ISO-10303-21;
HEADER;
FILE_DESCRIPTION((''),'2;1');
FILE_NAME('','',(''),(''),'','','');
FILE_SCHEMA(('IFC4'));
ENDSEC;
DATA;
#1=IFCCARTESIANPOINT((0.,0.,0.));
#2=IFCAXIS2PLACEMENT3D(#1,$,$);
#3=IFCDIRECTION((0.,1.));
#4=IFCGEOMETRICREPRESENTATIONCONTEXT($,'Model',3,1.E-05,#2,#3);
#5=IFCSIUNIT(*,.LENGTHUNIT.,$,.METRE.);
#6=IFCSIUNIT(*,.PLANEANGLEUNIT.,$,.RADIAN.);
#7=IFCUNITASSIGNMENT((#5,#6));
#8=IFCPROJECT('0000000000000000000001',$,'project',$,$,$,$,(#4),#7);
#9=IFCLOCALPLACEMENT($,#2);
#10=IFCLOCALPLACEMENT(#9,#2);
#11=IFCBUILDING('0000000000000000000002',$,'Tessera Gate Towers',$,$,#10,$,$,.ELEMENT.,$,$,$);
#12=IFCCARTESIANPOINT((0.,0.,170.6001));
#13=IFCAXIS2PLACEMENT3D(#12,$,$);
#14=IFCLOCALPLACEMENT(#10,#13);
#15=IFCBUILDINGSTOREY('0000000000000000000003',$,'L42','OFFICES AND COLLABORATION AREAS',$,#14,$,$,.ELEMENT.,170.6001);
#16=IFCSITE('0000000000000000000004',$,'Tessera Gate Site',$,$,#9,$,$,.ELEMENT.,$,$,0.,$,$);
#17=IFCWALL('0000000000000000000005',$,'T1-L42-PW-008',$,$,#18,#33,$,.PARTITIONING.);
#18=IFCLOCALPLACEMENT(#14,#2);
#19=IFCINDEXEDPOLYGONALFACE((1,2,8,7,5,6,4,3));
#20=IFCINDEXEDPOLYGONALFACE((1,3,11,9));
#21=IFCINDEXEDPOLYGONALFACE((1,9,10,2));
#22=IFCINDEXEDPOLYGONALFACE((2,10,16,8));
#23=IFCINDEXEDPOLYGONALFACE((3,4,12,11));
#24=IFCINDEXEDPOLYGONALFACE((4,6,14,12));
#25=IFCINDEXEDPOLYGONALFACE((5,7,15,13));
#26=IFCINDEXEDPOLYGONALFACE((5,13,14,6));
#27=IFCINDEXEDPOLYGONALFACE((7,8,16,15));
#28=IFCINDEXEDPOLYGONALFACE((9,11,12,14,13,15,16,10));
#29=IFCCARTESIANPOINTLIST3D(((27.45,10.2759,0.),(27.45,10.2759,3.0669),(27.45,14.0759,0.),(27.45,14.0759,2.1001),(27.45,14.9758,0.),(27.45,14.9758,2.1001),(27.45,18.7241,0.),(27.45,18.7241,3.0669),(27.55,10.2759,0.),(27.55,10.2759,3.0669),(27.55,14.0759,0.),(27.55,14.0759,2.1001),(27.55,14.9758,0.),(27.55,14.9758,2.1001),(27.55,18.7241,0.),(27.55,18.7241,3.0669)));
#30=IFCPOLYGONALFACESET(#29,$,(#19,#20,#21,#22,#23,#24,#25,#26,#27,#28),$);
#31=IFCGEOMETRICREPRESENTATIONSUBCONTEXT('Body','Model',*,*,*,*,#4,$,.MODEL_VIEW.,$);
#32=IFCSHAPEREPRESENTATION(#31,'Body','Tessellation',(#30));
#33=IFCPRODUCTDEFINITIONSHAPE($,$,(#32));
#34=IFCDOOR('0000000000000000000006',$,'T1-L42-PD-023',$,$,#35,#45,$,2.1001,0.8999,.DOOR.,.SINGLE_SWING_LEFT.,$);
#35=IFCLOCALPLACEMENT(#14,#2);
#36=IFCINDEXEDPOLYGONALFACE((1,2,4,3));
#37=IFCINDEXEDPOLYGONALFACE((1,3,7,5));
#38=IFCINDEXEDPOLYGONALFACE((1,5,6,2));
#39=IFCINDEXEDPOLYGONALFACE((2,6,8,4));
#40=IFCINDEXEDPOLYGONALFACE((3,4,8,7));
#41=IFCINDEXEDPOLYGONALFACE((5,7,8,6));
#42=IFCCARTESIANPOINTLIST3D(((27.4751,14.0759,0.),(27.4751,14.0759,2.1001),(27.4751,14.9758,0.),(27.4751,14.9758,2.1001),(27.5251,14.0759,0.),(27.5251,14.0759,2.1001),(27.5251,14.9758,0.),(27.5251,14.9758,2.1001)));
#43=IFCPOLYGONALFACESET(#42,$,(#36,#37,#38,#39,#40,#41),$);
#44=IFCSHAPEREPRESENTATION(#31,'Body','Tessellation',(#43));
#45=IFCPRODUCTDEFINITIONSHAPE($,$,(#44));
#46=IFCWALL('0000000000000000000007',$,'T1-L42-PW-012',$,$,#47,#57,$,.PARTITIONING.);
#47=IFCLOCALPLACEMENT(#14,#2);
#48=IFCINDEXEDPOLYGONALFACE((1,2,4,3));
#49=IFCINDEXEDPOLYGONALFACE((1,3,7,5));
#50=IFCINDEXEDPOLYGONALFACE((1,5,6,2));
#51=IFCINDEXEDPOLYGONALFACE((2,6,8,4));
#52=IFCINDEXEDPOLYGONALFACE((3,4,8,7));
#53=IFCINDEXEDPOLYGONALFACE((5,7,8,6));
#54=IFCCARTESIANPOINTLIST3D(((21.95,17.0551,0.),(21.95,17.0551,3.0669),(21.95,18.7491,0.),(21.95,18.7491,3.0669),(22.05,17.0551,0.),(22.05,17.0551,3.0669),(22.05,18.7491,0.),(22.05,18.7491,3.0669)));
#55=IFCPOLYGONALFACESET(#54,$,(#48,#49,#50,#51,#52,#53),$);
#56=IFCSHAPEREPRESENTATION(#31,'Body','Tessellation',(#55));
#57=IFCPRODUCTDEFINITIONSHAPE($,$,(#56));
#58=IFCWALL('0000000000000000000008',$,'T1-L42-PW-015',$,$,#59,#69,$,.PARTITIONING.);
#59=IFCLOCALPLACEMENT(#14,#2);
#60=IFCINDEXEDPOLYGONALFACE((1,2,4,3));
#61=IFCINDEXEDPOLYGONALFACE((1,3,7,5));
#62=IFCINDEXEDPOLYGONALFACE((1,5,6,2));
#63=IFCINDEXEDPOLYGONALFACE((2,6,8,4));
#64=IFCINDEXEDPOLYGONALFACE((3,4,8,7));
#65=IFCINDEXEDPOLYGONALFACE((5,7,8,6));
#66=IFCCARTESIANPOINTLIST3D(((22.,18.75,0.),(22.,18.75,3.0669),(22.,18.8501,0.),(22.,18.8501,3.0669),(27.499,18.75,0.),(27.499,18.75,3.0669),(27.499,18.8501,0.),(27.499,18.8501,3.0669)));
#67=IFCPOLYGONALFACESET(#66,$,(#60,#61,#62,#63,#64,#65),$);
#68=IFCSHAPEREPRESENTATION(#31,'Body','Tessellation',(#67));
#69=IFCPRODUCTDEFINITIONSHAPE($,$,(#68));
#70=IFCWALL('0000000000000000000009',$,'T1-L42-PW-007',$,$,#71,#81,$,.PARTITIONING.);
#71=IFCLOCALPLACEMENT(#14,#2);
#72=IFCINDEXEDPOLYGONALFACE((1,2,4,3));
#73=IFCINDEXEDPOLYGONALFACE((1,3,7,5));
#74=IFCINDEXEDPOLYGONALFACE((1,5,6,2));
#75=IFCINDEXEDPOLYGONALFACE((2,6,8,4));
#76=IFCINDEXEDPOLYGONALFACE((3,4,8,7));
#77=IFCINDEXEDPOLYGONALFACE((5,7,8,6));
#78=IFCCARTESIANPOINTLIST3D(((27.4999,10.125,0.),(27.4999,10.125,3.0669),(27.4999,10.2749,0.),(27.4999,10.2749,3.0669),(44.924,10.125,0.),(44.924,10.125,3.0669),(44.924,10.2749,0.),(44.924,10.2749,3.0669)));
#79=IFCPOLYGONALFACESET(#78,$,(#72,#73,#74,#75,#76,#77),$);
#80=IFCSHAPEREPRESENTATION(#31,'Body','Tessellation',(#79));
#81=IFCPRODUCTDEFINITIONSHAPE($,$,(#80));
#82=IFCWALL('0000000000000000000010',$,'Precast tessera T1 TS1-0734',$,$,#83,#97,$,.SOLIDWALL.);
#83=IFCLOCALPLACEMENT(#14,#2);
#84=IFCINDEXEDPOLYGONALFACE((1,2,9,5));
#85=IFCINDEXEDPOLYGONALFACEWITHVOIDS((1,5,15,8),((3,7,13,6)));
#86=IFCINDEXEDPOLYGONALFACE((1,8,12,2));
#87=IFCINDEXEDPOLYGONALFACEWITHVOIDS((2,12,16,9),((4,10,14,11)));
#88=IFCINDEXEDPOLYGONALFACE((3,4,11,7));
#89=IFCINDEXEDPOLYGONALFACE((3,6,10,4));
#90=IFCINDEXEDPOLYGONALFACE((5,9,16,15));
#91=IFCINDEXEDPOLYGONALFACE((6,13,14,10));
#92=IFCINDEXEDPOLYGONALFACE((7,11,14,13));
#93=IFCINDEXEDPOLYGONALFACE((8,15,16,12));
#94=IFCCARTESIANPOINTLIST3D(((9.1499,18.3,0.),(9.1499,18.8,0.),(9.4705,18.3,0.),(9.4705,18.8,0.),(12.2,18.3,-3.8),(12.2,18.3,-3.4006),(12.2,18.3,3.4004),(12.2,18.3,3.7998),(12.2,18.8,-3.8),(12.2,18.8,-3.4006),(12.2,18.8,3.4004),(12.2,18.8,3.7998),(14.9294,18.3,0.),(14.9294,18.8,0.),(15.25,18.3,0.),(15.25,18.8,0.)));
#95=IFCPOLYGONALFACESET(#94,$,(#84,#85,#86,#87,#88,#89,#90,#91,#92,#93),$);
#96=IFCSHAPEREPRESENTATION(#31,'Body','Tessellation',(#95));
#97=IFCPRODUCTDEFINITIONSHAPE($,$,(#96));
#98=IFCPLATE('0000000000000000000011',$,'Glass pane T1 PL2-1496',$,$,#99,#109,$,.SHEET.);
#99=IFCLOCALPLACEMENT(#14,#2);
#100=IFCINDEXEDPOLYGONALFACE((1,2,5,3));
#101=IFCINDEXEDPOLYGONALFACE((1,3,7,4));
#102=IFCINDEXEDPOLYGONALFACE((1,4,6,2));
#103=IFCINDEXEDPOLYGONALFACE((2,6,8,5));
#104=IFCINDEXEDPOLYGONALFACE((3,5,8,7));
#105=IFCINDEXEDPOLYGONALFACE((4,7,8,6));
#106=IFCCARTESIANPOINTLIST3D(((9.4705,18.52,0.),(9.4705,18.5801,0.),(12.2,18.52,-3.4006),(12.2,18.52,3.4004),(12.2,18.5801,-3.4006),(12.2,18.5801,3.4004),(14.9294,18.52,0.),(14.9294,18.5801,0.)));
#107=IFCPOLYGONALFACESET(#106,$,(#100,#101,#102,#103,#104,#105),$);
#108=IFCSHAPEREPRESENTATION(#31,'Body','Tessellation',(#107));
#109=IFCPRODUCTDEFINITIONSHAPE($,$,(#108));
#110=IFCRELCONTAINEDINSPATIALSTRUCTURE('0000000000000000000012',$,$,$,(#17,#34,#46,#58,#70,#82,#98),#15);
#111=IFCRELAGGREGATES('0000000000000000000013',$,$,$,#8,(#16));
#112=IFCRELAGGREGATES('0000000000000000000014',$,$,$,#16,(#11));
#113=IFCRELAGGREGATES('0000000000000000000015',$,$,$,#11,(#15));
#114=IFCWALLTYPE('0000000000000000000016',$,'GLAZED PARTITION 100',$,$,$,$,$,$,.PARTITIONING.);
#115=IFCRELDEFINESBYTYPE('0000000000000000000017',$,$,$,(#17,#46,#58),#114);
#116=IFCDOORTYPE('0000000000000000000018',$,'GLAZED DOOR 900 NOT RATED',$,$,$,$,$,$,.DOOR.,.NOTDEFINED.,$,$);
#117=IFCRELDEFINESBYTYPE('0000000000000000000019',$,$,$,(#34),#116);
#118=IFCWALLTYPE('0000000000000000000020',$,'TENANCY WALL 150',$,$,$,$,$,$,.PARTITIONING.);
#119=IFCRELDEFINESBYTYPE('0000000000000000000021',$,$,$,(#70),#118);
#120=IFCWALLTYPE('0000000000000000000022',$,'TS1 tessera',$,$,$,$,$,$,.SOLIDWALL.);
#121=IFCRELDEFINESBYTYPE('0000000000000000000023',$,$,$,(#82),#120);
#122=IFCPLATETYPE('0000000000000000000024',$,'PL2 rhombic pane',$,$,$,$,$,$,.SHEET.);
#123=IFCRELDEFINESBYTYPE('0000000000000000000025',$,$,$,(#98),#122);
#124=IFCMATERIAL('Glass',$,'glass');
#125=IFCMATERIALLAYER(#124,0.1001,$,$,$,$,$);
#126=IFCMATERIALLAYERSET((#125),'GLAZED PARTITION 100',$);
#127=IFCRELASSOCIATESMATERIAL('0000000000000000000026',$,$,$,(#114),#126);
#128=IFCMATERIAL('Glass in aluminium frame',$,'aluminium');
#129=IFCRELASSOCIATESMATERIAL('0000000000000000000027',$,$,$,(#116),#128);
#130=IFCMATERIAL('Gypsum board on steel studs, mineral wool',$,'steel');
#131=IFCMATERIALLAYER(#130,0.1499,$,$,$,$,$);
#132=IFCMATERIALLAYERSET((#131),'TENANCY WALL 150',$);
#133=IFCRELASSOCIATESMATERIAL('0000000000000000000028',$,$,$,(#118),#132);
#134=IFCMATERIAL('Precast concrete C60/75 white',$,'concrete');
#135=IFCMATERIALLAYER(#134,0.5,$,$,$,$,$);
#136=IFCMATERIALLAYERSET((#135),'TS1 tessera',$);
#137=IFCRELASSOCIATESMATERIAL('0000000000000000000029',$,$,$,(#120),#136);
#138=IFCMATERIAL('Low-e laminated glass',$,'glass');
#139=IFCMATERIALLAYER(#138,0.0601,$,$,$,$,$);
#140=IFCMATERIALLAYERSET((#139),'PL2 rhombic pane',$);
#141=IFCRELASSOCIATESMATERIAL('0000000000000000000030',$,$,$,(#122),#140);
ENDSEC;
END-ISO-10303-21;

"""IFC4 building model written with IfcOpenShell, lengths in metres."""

from ifc_helpers import new_model, si_unit, direction, frame, frame_2d, origin, place, context, subcontext, project, spatial, polyline, rectangle, outline, extrude, source, transform, mapped, material, layer, layer_set, type_object, element, fill, save


model = new_model("IFC4")

# Units and contexts
model_context = context("Model", 3, precision=1e-05, world=origin(), true_north=direction((0.0, 1.0)))
body_context = subcontext(model_context, "Body", "Model", "MODEL_VIEW")
ifc_project = project(units=[si_unit("LENGTHUNIT", "METRE"), si_unit("PLANEANGLEUNIT", "RADIAN")], contexts=[model_context])

# Site, building, storey
site_placement = place(None, origin())
site = spatial("IfcSite", under=ifc_project, at=site_placement, Name="Tessera Gate Site", CompositionType="ELEMENT", RefElevation=0.0)
building_placement = place(site_placement, origin())
building = spatial("IfcBuilding", under=site, at=building_placement, Name="Tessera Gate Towers", CompositionType="ELEMENT")
storey_placement = place(building_placement, frame((0.0, 0.0, 170.6001)))
storey = spatial("IfcBuildingStorey", under=building, at=storey_placement, Name="L42", Description="OFFICES AND COLLABORATION AREAS", CompositionType="ELEMENT", Elevation=170.6001)

# Shared definitions
ifc_material_1 = material(Name="Glass", Category="glass")
ifc_layer_1 = layer(ifc_material_1, 0.1001)
ifc_layer_set_1 = layer_set([ifc_layer_1], Name="GLAZED PARTITION 100")
wall_type_1 = type_object("IfcWallType", Name="GLAZED PARTITION 100", PredefinedType="PARTITIONING", material=ifc_layer_set_1)

# Wall, opening, door
wall_1_placement = place(storey_placement, frame((27.5, 10.2759, 0.0), z_axis=(0.0, 0.0, 1.0), x_axis=(0.0, 1.0, 0.0)))
wall_1 = element("IfcWall", 1, at=wall_1_placement, inside=storey, type_object=wall_type_1, Name="T1-L42-PW-008", PredefinedType="PARTITIONING", context=body_context, shape_type="SweptSolid", body=[
    extrude(rectangle(XDim=8.4482, YDim=0.1001, at=frame_2d((4.2241, 0.0))), origin(), (0.0, 0.0, 1.0), 3.0669),
])
shared_shape_1 = source(origin(), body_context, "Body", "SweptSolid", [
    extrude(rectangle(XDim=0.8999, YDim=2.1001, at=frame_2d((0.45, 1.05))), frame((0.0, 0.0601, 0.0), z_axis=(0.0, -1.0, 0.0), x_axis=(1.0, 0.0, 0.0)), (0.0, 0.0, 1.0), 0.1201),
])
opening_1_placement = place(wall_1_placement, frame((3.8, 0.0, 0.0)))
opening_1 = element("IfcOpeningElement", 2, at=opening_1_placement, cuts=wall_1, PredefinedType="OPENING", context=body_context, shape_type="MappedRepresentation", body=[
    mapped(shared_shape_1, transform((0.0, 0.0, 0.0), scale=1.0)),
])
ifc_material_2 = material(Name="Glass in aluminium frame", Category="aluminium")
door_type = type_object("IfcDoorType", Name="GLAZED DOOR 900 NOT RATED", OperationType="NOTDEFINED", PredefinedType="DOOR", material=ifc_material_2)
shared_shape_2 = source(origin(), body_context, "Body", "SweptSolid", [
    extrude(rectangle(XDim=0.8999, YDim=2.1001, at=frame_2d((0.45, 1.05))), frame((0.0, 0.0249, 0.0), z_axis=(0.0, -1.0, 0.0), x_axis=(1.0, 0.0, 0.0)), (0.0, 0.0, 1.0), 0.05),
])
door_placement = place(opening_1_placement, origin())
door = element("IfcDoor", 3, at=door_placement, inside=storey, type_object=door_type, Name="T1-L42-PD-023", OperationType="SINGLE_SWING_LEFT", OverallHeight=2.1001, OverallWidth=0.8999, PredefinedType="DOOR", context=body_context, shape_type="MappedRepresentation", body=[
    mapped(shared_shape_2, transform((0.0, 0.0, 0.0), scale=1.0)),
])
fill(opening_1, door)

# Walls
wall_2_placement = place(storey_placement, frame((22.0, 17.0549, 0.0), z_axis=(0.0, 0.0, 1.0), x_axis=(0.0, 1.0, 0.0)))
element("IfcWall", 4, at=wall_2_placement, inside=storey, type_object=wall_type_1, Name="T1-L42-PW-012", PredefinedType="PARTITIONING", context=body_context, shape_type="SweptSolid", body=[
    extrude(rectangle(XDim=1.6941, YDim=0.1001, at=frame_2d((0.8472, 0.0))), origin(), (0.0, 0.0, 1.0), 3.0669),
])
wall_3_placement = place(storey_placement, frame((22.0, 18.8, 0.0), z_axis=(0.0, 0.0, 1.0), x_axis=(1.0, 0.0, 0.0)))
element("IfcWall", 5, at=wall_3_placement, inside=storey, type_object=wall_type_1, Name="T1-L42-PW-015", PredefinedType="PARTITIONING", context=body_context, shape_type="SweptSolid", body=[
    extrude(rectangle(XDim=5.499, YDim=0.1001, at=frame_2d((2.7495, 0.0))), origin(), (0.0, 0.0, 1.0), 3.0669),
])
ifc_material_3 = material(Name="Gypsum board on steel studs, mineral wool", Category="steel")
ifc_layer_2 = layer(ifc_material_3, 0.1499)
ifc_layer_set_2 = layer_set([ifc_layer_2], Name="TENANCY WALL 150")
wall_type_2 = type_object("IfcWallType", Name="TENANCY WALL 150", PredefinedType="PARTITIONING", material=ifc_layer_set_2)
wall_4_placement = place(storey_placement, frame((27.5, 10.2, 0.0), z_axis=(0.0, 0.0, 1.0), x_axis=(1.0, 0.0, 0.0)))
element("IfcWall", 6, at=wall_4_placement, inside=storey, type_object=wall_type_2, Name="T1-L42-PW-007", PredefinedType="PARTITIONING", context=body_context, shape_type="SweptSolid", body=[
    extrude(rectangle(XDim=17.4241, YDim=0.1499, at=frame_2d((8.7119, 0.0))), origin(), (0.0, 0.0, 1.0), 3.0669),
])

# Wall, opening, plate
ifc_material_4 = material(Name="Precast concrete C60/75 white", Category="concrete")
ifc_layer_3 = layer(ifc_material_4, 0.5)
ifc_layer_set_3 = layer_set([ifc_layer_3], Name="TS1 tessera")
wall_type_3 = type_object("IfcWallType", Name="TS1 tessera", PredefinedType="SOLIDWALL", material=ifc_layer_set_3)
shared_shape_3 = source(origin(), body_context, "Body", "SweptSolid", [
    extrude(outline(polyline([(3.05, 0.0), (6.1001, 3.8), (3.05, 7.5999), (0.0, 3.8), (3.05, 0.0)])), frame((0.0, 0.25, 0.0), z_axis=(0.0, -1.0, 0.0), x_axis=(1.0, 0.0, 0.0)), (0.0, 0.0, 1.0), 0.5),
])
wall_5_placement = place(storey_placement, frame((9.1499, 18.55, -3.8), z_axis=(0.0, 0.0, 1.0), x_axis=(1.0, 0.0, 0.0)))
wall_5 = element("IfcWall", 7, at=wall_5_placement, inside=storey, type_object=wall_type_3, Name="Precast tessera T1 TS1-0734", PredefinedType="SOLIDWALL", context=body_context, shape_type="MappedRepresentation", body=[
    mapped(shared_shape_3, transform((0.0, 0.0, 0.0), scale=1.0)),
])
shared_shape_4 = source(origin(), body_context, "Body", "SweptSolid", [
    extrude(outline(polyline([(3.05, 0.3994), (5.7795, 3.8), (3.05, 7.2004), (0.3206, 3.8), (3.05, 0.3994)])), frame((0.0, 0.26, 0.0), z_axis=(0.0, -1.0, 0.0), x_axis=(1.0, 0.0, 0.0)), (0.0, 0.0, 1.0), 0.52),
])
opening_2_placement = place(wall_5_placement, origin())
opening_2 = element("IfcOpeningElement", 8, at=opening_2_placement, cuts=wall_5, PredefinedType="OPENING", context=body_context, shape_type="MappedRepresentation", body=[
    mapped(shared_shape_4, transform((0.0, 0.0, 0.0), scale=1.0)),
])
ifc_material_5 = material(Name="Low-e laminated glass", Category="glass")
ifc_layer_4 = layer(ifc_material_5, 0.0601)
ifc_layer_set_4 = layer_set([ifc_layer_4], Name="PL2 rhombic pane")
plate_type = type_object("IfcPlateType", Name="PL2 rhombic pane", PredefinedType="SHEET", material=ifc_layer_set_4)
shared_shape_5 = source(origin(), body_context, "Body", "SweptSolid", [
    extrude(outline(polyline([(3.05, 0.3994), (5.7795, 3.8), (3.05, 7.2004), (0.3206, 3.8), (3.05, 0.3994)])), frame((0.0, 0.03, 0.0), z_axis=(0.0, -1.0, 0.0), x_axis=(1.0, 0.0, 0.0)), (0.0, 0.0, 1.0), 0.0601),
])
plate_placement = place(opening_2_placement, origin())
plate = element("IfcPlate", 9, at=plate_placement, inside=storey, type_object=plate_type, Name="Glass pane T1 PL2-1496", PredefinedType="SHEET", context=body_context, shape_type="MappedRepresentation", body=[
    mapped(shared_shape_5, transform((0.0, 0.0, 0.0), scale=1.0)),
])
fill(opening_2, plate)

save(model, "model.ifc")
